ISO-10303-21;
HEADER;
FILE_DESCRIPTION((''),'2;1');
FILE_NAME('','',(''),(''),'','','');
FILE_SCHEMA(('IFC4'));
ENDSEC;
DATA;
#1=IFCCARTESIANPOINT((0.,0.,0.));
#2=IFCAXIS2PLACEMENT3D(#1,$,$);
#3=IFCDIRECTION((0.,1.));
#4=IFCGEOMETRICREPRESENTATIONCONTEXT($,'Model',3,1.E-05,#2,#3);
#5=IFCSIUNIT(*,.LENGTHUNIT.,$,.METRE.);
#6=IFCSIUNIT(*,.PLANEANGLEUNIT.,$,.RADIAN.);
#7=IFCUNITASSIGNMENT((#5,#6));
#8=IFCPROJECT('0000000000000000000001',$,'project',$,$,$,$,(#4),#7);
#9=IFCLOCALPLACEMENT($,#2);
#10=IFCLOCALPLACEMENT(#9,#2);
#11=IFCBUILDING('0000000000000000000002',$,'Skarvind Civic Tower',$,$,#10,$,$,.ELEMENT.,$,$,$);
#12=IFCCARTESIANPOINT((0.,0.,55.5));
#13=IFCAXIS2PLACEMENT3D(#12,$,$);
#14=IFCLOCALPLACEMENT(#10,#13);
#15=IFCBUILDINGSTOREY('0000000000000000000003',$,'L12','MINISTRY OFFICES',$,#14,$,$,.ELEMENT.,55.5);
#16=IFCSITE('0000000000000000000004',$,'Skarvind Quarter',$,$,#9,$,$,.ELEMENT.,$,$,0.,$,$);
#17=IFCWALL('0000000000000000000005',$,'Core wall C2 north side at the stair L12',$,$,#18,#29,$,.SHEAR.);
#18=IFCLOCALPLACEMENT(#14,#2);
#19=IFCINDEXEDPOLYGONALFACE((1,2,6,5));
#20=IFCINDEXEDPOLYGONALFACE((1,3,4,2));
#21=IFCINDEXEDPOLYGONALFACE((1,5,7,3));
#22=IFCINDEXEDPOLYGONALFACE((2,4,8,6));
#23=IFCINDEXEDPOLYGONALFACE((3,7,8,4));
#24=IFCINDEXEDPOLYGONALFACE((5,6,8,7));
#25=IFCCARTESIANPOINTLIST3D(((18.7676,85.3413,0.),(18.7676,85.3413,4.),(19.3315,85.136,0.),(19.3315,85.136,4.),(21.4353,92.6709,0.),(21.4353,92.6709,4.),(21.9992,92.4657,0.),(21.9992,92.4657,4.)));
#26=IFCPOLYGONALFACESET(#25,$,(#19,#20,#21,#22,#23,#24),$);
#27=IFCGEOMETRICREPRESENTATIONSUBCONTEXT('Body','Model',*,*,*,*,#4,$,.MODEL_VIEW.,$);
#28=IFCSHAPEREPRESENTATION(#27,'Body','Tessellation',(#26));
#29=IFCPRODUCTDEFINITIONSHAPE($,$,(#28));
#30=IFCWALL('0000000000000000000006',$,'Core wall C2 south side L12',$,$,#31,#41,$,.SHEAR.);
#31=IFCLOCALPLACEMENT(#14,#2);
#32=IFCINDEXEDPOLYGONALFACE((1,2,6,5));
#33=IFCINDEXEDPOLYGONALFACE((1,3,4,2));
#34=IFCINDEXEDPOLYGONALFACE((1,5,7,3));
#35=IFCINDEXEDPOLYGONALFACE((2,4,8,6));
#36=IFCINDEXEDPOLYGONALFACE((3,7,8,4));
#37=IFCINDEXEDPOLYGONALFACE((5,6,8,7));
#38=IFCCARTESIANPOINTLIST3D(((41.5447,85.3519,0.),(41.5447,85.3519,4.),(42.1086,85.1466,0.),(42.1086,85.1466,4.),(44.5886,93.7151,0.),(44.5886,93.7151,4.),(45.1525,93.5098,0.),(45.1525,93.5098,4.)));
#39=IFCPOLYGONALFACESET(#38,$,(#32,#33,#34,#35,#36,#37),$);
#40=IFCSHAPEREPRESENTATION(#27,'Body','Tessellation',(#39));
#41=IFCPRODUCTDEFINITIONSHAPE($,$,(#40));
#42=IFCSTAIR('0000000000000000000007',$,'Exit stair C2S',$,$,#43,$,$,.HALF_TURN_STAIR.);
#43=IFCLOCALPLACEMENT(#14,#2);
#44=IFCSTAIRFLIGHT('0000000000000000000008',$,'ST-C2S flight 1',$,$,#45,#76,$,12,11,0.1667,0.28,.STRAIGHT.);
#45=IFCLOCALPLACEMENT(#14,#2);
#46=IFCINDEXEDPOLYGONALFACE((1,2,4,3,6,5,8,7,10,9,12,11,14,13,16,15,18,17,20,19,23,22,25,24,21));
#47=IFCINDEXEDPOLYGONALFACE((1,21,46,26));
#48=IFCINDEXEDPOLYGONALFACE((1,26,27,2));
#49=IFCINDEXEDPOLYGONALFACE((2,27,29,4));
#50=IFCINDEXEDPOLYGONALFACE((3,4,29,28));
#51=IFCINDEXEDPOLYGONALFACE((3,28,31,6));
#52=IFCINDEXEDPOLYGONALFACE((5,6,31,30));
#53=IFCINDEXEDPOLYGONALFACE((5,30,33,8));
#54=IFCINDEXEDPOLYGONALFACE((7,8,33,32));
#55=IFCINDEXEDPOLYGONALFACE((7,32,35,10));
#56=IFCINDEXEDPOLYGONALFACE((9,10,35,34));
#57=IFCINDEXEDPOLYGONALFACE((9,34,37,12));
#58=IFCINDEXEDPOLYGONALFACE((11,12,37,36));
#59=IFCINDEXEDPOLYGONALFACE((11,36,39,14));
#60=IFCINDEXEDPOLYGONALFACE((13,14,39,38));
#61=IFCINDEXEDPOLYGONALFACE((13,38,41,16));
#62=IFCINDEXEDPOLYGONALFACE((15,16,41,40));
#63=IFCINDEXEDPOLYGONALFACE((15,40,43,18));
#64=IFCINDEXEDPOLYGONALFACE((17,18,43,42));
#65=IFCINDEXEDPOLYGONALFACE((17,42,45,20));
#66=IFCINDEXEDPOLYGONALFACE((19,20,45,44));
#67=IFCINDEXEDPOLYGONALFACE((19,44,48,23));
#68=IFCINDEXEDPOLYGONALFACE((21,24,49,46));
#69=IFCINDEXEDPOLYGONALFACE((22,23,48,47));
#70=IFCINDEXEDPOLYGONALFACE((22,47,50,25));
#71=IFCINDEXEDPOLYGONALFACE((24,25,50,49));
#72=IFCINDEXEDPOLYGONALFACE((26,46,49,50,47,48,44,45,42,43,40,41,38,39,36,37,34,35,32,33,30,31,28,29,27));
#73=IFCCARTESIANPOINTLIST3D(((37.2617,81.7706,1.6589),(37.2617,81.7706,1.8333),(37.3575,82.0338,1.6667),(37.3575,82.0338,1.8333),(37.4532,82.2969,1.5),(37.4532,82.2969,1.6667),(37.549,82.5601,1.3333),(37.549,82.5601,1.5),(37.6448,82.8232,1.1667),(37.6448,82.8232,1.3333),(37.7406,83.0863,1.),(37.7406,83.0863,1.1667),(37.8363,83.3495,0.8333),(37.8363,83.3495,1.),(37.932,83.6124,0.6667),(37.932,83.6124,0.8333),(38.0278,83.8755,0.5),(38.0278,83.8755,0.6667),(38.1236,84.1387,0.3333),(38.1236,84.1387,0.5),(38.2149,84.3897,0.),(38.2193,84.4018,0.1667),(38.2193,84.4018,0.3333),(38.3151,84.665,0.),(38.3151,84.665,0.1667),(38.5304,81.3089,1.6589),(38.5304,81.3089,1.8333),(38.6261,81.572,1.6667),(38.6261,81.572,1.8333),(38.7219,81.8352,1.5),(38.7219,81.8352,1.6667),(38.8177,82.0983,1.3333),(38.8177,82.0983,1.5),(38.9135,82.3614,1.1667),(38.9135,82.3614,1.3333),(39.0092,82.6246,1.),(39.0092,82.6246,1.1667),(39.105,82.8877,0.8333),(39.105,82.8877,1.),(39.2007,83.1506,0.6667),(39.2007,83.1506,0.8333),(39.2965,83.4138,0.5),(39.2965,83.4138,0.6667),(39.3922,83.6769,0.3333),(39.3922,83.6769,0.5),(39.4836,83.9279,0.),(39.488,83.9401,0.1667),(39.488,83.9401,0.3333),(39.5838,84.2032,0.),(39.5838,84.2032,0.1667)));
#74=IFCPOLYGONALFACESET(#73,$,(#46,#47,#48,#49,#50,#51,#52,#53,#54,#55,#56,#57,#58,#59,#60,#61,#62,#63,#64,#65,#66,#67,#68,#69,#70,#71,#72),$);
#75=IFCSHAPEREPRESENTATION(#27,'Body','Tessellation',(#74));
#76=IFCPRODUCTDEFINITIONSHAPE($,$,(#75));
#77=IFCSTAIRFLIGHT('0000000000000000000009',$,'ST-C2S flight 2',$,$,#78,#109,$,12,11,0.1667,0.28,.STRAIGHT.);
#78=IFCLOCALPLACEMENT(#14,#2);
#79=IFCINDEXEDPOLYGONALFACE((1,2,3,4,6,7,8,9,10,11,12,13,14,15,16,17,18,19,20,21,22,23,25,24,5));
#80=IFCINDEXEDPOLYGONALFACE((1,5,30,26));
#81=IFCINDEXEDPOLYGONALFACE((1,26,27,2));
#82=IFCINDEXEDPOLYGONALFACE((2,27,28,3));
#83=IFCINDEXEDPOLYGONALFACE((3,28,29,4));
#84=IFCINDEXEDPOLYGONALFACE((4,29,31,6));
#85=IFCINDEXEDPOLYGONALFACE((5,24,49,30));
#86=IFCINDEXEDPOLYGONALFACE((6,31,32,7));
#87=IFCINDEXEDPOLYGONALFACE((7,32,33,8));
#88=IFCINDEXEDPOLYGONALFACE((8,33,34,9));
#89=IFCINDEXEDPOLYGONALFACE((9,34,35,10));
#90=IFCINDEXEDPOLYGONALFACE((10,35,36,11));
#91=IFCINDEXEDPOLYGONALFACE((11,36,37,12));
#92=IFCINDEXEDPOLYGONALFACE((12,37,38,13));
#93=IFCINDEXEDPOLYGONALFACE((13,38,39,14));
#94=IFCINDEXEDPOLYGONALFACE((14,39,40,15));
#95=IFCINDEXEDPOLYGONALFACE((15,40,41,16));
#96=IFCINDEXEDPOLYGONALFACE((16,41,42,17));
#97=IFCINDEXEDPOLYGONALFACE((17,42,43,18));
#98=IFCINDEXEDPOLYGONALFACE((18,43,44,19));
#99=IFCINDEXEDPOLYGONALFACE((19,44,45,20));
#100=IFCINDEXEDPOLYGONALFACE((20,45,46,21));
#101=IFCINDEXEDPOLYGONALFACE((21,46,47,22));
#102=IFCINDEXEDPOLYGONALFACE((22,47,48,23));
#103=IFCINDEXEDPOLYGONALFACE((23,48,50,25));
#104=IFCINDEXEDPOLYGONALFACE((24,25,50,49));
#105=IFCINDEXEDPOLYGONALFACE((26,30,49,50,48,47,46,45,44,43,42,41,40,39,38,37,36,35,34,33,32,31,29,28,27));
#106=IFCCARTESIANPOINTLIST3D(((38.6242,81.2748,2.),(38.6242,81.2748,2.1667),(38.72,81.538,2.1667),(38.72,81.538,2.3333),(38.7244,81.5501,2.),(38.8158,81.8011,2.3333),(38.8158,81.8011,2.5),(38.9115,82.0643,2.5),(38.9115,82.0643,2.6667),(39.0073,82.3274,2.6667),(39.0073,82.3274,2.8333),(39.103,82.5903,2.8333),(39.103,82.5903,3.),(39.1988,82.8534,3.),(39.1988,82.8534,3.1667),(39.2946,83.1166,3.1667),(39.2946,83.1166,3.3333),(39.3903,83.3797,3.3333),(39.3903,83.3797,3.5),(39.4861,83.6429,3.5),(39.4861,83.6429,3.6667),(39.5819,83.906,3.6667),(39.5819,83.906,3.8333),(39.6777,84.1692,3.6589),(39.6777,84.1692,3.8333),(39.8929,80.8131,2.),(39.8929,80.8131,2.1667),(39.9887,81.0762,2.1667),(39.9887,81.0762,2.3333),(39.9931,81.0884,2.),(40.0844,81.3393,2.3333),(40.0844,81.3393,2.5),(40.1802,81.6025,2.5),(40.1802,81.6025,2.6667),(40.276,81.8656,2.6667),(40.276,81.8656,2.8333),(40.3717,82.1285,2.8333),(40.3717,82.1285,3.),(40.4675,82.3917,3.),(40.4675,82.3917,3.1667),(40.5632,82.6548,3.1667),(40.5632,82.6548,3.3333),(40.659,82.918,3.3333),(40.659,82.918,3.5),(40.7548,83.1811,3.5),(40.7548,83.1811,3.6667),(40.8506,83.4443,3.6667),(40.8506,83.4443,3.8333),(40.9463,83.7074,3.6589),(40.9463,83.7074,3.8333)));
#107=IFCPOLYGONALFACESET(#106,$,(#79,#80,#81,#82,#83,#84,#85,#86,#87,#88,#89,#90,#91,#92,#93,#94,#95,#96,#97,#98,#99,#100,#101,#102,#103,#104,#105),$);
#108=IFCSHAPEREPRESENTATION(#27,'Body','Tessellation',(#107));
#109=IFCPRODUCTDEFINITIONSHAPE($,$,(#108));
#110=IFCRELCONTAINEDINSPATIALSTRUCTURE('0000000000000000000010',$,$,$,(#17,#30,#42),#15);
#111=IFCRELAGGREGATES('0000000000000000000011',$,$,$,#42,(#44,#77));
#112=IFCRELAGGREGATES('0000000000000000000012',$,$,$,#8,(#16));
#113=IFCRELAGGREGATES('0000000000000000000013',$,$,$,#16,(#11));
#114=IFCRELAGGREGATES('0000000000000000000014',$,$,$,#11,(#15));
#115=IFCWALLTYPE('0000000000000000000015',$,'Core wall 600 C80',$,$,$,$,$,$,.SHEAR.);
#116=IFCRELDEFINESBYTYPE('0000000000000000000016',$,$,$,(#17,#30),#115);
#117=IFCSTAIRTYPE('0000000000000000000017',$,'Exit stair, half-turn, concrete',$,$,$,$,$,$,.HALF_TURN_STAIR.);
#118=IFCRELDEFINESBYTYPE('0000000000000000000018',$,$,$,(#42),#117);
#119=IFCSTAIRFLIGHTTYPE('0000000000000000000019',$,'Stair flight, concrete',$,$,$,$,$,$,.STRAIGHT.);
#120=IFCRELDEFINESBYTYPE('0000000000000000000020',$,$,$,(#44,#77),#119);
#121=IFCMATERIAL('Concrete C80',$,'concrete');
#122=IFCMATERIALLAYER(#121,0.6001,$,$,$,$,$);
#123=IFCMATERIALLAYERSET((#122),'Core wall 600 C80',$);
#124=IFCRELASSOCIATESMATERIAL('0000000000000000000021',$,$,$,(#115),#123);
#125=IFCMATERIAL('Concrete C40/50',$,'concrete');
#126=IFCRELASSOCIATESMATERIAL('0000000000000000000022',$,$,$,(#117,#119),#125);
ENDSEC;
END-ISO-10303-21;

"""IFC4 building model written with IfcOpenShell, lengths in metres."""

from ifc_helpers import new_model, si_unit, direction, frame, frame_2d, origin, place, context, subcontext, project, spatial, polyline, rectangle, outline, extrude, material, layer, layer_set, type_object, element, aggregate, save


model = new_model("IFC4")

# Units and contexts
model_context = context("Model", 3, precision=1e-05, world=origin(), true_north=direction((0.0, 1.0)))
body_context = subcontext(model_context, "Body", "Model", "MODEL_VIEW")
ifc_project = project(units=[si_unit("LENGTHUNIT", "METRE"), si_unit("PLANEANGLEUNIT", "RADIAN")], contexts=[model_context])

# Site, building, storey
site_placement = place(None, origin())
site = spatial("IfcSite", under=ifc_project, at=site_placement, Name="Skarvind Quarter", CompositionType="ELEMENT", RefElevation=0.0)
building_placement = place(site_placement, origin())
building = spatial("IfcBuilding", under=site, at=building_placement, Name="Skarvind Civic Tower", CompositionType="ELEMENT")
storey_placement = place(building_placement, frame((0.0, 0.0, 55.5)))
storey = spatial("IfcBuildingStorey", under=building, at=storey_placement, Name="L12", Description="MINISTRY OFFICES", CompositionType="ELEMENT", Elevation=55.5)

# Shared definitions
ifc_material_1 = material(Name="Concrete C40/50", Category="concrete")

# Shared definitions
ifc_material_2 = material(Name="Concrete C80", Category="concrete")

# Walls
ifc_layer_1 = layer(ifc_material_2, 0.6001)
ifc_layer_set_1 = layer_set([ifc_layer_1], Name="Core wall 600 C80")
wall_type_1 = type_object("IfcWallType", Name="Core wall 600 C80", PredefinedType="SHEAR", material=ifc_layer_set_1)
for number, where, z_axis, x_axis, name in (
    (1, (19.0496, 85.2388, 0.0), (0.0, 0.0, 1.0), (0.342017, 0.939694, 0.0), "Core wall C2 north side at the stair L12"),
):
    element("IfcWall", number, at=place(storey_placement, frame(where, z_axis=z_axis, x_axis=x_axis)), inside=storey, type_object=wall_type_1, Name=name, PredefinedType="SHEAR", context=body_context, shape_type="SweptSolid", body=[
        extrude(rectangle(XDim=7.8, YDim=0.6001, at=frame_2d((3.8999, 0.0))), origin(), (0.0, 0.0, 1.0), 4.0),
    ])
wall_1_placement = place(storey_placement, frame((41.8267, 85.2493, 0.0), z_axis=(0.0, 0.0, 1.0), x_axis=(0.342016, 0.939694, 0.0)))
element("IfcWall", 2, at=wall_1_placement, inside=storey, type_object=wall_type_1, Name="Core wall C2 south side L12", PredefinedType="SHEAR", context=body_context, shape_type="SweptSolid", body=[
    extrude(rectangle(XDim=8.8999, YDim=0.6001, at=frame_2d((4.45, 0.0))), origin(), (0.0, 0.0, 1.0), 4.0),
])

# Stair, stair flights
stair_type_1 = type_object("IfcStairType", Name="Exit stair, half-turn, concrete", PredefinedType="HALF_TURN_STAIR", material=ifc_material_1)
stair_1_placement = place(storey_placement, origin())
stair_1 = element("IfcStair", 3, at=stair_1_placement, inside=storey, type_object=stair_type_1, Name="Exit stair C2S", PredefinedType="HALF_TURN_STAIR")
stair_flight_type = type_object("IfcStairFlightType", Name="Stair flight, concrete", PredefinedType="STRAIGHT", material=ifc_material_1)
stair_flight_1_placement = place(storey_placement, frame((38.9495, 84.4341, 0.0), z_axis=(0.0, 0.0, 1.0), x_axis=(-0.34202, -0.939693, 0.0)))
stair_flight_1 = element("IfcStairFlight", 4, at=stair_flight_1_placement, type_object=stair_flight_type, Name="ST-C2S flight 1", NumberOfRisers=12, NumberOfTreads=11, PredefinedType="STRAIGHT", RiserHeight=0.1667, TreadLength=0.28, context=body_context, shape_type="SweptSolid", body=[
    extrude(outline(polyline([(0.0, 0.0), (0.0, 0.1667), (0.28, 0.1667), (0.28, 0.3333), (0.5601, 0.3333), (0.5601, 0.5), (0.8401, 0.5), (0.8401, 0.6667), (1.1201, 0.6667), (1.1201, 0.8333), (1.3999, 0.8333), (1.3999, 1.0), (1.6799, 1.0), (1.6799, 1.1667), (1.96, 1.1667), (1.96, 1.3333), (2.24, 1.3333), (2.24, 1.5), (2.52, 1.5), (2.52, 1.6667), (2.8, 1.6667), (2.8, 1.8333), (3.0801, 1.8333), (3.0801, 2.0), (3.0801, 1.6589), (0.293, 0.0), (0.0, 0.0)])), frame((0.0, 0.675, 0.0), z_axis=(0.0, -1.0, 0.0), x_axis=(1.0, 0.0, 0.0)), (0.0, 0.0, 1.0), 1.3501),
])
stair_flight_2_placement = place(storey_placement, frame((39.2585, 81.0439, 2.0), z_axis=(0.0, 0.0, 1.0), x_axis=(0.34202, 0.939693, 0.0)))
stair_flight_2 = element("IfcStairFlight", 5, at=stair_flight_2_placement, type_object=stair_flight_type, Name="ST-C2S flight 2", NumberOfRisers=12, NumberOfTreads=11, PredefinedType="STRAIGHT", RiserHeight=0.1667, TreadLength=0.28, context=body_context, shape_type="SweptSolid", body=[
    extrude(outline(polyline([(0.0, 0.0), (0.0, 0.1667), (0.28, 0.1667), (0.28, 0.3333), (0.5601, 0.3333), (0.5601, 0.5), (0.8401, 0.5), (0.8401, 0.6667), (1.1201, 0.6667), (1.1201, 0.8333), (1.3999, 0.8333), (1.3999, 1.0), (1.6799, 1.0), (1.6799, 1.1667), (1.96, 1.1667), (1.96, 1.3333), (2.24, 1.3333), (2.24, 1.5), (2.52, 1.5), (2.52, 1.6667), (2.8, 1.6667), (2.8, 1.8333), (3.0801, 1.8333), (3.0801, 2.0), (3.0801, 1.6589), (0.293, 0.0), (0.0, 0.0)])), frame((0.0, 0.675, 0.0), z_axis=(0.0, -1.0, 0.0), x_axis=(1.0, 0.0, 0.0)), (0.0, 0.0, 1.0), 1.3501),
])
aggregate(stair_1, [stair_flight_1, stair_flight_2])

save(model, "model.ifc")
